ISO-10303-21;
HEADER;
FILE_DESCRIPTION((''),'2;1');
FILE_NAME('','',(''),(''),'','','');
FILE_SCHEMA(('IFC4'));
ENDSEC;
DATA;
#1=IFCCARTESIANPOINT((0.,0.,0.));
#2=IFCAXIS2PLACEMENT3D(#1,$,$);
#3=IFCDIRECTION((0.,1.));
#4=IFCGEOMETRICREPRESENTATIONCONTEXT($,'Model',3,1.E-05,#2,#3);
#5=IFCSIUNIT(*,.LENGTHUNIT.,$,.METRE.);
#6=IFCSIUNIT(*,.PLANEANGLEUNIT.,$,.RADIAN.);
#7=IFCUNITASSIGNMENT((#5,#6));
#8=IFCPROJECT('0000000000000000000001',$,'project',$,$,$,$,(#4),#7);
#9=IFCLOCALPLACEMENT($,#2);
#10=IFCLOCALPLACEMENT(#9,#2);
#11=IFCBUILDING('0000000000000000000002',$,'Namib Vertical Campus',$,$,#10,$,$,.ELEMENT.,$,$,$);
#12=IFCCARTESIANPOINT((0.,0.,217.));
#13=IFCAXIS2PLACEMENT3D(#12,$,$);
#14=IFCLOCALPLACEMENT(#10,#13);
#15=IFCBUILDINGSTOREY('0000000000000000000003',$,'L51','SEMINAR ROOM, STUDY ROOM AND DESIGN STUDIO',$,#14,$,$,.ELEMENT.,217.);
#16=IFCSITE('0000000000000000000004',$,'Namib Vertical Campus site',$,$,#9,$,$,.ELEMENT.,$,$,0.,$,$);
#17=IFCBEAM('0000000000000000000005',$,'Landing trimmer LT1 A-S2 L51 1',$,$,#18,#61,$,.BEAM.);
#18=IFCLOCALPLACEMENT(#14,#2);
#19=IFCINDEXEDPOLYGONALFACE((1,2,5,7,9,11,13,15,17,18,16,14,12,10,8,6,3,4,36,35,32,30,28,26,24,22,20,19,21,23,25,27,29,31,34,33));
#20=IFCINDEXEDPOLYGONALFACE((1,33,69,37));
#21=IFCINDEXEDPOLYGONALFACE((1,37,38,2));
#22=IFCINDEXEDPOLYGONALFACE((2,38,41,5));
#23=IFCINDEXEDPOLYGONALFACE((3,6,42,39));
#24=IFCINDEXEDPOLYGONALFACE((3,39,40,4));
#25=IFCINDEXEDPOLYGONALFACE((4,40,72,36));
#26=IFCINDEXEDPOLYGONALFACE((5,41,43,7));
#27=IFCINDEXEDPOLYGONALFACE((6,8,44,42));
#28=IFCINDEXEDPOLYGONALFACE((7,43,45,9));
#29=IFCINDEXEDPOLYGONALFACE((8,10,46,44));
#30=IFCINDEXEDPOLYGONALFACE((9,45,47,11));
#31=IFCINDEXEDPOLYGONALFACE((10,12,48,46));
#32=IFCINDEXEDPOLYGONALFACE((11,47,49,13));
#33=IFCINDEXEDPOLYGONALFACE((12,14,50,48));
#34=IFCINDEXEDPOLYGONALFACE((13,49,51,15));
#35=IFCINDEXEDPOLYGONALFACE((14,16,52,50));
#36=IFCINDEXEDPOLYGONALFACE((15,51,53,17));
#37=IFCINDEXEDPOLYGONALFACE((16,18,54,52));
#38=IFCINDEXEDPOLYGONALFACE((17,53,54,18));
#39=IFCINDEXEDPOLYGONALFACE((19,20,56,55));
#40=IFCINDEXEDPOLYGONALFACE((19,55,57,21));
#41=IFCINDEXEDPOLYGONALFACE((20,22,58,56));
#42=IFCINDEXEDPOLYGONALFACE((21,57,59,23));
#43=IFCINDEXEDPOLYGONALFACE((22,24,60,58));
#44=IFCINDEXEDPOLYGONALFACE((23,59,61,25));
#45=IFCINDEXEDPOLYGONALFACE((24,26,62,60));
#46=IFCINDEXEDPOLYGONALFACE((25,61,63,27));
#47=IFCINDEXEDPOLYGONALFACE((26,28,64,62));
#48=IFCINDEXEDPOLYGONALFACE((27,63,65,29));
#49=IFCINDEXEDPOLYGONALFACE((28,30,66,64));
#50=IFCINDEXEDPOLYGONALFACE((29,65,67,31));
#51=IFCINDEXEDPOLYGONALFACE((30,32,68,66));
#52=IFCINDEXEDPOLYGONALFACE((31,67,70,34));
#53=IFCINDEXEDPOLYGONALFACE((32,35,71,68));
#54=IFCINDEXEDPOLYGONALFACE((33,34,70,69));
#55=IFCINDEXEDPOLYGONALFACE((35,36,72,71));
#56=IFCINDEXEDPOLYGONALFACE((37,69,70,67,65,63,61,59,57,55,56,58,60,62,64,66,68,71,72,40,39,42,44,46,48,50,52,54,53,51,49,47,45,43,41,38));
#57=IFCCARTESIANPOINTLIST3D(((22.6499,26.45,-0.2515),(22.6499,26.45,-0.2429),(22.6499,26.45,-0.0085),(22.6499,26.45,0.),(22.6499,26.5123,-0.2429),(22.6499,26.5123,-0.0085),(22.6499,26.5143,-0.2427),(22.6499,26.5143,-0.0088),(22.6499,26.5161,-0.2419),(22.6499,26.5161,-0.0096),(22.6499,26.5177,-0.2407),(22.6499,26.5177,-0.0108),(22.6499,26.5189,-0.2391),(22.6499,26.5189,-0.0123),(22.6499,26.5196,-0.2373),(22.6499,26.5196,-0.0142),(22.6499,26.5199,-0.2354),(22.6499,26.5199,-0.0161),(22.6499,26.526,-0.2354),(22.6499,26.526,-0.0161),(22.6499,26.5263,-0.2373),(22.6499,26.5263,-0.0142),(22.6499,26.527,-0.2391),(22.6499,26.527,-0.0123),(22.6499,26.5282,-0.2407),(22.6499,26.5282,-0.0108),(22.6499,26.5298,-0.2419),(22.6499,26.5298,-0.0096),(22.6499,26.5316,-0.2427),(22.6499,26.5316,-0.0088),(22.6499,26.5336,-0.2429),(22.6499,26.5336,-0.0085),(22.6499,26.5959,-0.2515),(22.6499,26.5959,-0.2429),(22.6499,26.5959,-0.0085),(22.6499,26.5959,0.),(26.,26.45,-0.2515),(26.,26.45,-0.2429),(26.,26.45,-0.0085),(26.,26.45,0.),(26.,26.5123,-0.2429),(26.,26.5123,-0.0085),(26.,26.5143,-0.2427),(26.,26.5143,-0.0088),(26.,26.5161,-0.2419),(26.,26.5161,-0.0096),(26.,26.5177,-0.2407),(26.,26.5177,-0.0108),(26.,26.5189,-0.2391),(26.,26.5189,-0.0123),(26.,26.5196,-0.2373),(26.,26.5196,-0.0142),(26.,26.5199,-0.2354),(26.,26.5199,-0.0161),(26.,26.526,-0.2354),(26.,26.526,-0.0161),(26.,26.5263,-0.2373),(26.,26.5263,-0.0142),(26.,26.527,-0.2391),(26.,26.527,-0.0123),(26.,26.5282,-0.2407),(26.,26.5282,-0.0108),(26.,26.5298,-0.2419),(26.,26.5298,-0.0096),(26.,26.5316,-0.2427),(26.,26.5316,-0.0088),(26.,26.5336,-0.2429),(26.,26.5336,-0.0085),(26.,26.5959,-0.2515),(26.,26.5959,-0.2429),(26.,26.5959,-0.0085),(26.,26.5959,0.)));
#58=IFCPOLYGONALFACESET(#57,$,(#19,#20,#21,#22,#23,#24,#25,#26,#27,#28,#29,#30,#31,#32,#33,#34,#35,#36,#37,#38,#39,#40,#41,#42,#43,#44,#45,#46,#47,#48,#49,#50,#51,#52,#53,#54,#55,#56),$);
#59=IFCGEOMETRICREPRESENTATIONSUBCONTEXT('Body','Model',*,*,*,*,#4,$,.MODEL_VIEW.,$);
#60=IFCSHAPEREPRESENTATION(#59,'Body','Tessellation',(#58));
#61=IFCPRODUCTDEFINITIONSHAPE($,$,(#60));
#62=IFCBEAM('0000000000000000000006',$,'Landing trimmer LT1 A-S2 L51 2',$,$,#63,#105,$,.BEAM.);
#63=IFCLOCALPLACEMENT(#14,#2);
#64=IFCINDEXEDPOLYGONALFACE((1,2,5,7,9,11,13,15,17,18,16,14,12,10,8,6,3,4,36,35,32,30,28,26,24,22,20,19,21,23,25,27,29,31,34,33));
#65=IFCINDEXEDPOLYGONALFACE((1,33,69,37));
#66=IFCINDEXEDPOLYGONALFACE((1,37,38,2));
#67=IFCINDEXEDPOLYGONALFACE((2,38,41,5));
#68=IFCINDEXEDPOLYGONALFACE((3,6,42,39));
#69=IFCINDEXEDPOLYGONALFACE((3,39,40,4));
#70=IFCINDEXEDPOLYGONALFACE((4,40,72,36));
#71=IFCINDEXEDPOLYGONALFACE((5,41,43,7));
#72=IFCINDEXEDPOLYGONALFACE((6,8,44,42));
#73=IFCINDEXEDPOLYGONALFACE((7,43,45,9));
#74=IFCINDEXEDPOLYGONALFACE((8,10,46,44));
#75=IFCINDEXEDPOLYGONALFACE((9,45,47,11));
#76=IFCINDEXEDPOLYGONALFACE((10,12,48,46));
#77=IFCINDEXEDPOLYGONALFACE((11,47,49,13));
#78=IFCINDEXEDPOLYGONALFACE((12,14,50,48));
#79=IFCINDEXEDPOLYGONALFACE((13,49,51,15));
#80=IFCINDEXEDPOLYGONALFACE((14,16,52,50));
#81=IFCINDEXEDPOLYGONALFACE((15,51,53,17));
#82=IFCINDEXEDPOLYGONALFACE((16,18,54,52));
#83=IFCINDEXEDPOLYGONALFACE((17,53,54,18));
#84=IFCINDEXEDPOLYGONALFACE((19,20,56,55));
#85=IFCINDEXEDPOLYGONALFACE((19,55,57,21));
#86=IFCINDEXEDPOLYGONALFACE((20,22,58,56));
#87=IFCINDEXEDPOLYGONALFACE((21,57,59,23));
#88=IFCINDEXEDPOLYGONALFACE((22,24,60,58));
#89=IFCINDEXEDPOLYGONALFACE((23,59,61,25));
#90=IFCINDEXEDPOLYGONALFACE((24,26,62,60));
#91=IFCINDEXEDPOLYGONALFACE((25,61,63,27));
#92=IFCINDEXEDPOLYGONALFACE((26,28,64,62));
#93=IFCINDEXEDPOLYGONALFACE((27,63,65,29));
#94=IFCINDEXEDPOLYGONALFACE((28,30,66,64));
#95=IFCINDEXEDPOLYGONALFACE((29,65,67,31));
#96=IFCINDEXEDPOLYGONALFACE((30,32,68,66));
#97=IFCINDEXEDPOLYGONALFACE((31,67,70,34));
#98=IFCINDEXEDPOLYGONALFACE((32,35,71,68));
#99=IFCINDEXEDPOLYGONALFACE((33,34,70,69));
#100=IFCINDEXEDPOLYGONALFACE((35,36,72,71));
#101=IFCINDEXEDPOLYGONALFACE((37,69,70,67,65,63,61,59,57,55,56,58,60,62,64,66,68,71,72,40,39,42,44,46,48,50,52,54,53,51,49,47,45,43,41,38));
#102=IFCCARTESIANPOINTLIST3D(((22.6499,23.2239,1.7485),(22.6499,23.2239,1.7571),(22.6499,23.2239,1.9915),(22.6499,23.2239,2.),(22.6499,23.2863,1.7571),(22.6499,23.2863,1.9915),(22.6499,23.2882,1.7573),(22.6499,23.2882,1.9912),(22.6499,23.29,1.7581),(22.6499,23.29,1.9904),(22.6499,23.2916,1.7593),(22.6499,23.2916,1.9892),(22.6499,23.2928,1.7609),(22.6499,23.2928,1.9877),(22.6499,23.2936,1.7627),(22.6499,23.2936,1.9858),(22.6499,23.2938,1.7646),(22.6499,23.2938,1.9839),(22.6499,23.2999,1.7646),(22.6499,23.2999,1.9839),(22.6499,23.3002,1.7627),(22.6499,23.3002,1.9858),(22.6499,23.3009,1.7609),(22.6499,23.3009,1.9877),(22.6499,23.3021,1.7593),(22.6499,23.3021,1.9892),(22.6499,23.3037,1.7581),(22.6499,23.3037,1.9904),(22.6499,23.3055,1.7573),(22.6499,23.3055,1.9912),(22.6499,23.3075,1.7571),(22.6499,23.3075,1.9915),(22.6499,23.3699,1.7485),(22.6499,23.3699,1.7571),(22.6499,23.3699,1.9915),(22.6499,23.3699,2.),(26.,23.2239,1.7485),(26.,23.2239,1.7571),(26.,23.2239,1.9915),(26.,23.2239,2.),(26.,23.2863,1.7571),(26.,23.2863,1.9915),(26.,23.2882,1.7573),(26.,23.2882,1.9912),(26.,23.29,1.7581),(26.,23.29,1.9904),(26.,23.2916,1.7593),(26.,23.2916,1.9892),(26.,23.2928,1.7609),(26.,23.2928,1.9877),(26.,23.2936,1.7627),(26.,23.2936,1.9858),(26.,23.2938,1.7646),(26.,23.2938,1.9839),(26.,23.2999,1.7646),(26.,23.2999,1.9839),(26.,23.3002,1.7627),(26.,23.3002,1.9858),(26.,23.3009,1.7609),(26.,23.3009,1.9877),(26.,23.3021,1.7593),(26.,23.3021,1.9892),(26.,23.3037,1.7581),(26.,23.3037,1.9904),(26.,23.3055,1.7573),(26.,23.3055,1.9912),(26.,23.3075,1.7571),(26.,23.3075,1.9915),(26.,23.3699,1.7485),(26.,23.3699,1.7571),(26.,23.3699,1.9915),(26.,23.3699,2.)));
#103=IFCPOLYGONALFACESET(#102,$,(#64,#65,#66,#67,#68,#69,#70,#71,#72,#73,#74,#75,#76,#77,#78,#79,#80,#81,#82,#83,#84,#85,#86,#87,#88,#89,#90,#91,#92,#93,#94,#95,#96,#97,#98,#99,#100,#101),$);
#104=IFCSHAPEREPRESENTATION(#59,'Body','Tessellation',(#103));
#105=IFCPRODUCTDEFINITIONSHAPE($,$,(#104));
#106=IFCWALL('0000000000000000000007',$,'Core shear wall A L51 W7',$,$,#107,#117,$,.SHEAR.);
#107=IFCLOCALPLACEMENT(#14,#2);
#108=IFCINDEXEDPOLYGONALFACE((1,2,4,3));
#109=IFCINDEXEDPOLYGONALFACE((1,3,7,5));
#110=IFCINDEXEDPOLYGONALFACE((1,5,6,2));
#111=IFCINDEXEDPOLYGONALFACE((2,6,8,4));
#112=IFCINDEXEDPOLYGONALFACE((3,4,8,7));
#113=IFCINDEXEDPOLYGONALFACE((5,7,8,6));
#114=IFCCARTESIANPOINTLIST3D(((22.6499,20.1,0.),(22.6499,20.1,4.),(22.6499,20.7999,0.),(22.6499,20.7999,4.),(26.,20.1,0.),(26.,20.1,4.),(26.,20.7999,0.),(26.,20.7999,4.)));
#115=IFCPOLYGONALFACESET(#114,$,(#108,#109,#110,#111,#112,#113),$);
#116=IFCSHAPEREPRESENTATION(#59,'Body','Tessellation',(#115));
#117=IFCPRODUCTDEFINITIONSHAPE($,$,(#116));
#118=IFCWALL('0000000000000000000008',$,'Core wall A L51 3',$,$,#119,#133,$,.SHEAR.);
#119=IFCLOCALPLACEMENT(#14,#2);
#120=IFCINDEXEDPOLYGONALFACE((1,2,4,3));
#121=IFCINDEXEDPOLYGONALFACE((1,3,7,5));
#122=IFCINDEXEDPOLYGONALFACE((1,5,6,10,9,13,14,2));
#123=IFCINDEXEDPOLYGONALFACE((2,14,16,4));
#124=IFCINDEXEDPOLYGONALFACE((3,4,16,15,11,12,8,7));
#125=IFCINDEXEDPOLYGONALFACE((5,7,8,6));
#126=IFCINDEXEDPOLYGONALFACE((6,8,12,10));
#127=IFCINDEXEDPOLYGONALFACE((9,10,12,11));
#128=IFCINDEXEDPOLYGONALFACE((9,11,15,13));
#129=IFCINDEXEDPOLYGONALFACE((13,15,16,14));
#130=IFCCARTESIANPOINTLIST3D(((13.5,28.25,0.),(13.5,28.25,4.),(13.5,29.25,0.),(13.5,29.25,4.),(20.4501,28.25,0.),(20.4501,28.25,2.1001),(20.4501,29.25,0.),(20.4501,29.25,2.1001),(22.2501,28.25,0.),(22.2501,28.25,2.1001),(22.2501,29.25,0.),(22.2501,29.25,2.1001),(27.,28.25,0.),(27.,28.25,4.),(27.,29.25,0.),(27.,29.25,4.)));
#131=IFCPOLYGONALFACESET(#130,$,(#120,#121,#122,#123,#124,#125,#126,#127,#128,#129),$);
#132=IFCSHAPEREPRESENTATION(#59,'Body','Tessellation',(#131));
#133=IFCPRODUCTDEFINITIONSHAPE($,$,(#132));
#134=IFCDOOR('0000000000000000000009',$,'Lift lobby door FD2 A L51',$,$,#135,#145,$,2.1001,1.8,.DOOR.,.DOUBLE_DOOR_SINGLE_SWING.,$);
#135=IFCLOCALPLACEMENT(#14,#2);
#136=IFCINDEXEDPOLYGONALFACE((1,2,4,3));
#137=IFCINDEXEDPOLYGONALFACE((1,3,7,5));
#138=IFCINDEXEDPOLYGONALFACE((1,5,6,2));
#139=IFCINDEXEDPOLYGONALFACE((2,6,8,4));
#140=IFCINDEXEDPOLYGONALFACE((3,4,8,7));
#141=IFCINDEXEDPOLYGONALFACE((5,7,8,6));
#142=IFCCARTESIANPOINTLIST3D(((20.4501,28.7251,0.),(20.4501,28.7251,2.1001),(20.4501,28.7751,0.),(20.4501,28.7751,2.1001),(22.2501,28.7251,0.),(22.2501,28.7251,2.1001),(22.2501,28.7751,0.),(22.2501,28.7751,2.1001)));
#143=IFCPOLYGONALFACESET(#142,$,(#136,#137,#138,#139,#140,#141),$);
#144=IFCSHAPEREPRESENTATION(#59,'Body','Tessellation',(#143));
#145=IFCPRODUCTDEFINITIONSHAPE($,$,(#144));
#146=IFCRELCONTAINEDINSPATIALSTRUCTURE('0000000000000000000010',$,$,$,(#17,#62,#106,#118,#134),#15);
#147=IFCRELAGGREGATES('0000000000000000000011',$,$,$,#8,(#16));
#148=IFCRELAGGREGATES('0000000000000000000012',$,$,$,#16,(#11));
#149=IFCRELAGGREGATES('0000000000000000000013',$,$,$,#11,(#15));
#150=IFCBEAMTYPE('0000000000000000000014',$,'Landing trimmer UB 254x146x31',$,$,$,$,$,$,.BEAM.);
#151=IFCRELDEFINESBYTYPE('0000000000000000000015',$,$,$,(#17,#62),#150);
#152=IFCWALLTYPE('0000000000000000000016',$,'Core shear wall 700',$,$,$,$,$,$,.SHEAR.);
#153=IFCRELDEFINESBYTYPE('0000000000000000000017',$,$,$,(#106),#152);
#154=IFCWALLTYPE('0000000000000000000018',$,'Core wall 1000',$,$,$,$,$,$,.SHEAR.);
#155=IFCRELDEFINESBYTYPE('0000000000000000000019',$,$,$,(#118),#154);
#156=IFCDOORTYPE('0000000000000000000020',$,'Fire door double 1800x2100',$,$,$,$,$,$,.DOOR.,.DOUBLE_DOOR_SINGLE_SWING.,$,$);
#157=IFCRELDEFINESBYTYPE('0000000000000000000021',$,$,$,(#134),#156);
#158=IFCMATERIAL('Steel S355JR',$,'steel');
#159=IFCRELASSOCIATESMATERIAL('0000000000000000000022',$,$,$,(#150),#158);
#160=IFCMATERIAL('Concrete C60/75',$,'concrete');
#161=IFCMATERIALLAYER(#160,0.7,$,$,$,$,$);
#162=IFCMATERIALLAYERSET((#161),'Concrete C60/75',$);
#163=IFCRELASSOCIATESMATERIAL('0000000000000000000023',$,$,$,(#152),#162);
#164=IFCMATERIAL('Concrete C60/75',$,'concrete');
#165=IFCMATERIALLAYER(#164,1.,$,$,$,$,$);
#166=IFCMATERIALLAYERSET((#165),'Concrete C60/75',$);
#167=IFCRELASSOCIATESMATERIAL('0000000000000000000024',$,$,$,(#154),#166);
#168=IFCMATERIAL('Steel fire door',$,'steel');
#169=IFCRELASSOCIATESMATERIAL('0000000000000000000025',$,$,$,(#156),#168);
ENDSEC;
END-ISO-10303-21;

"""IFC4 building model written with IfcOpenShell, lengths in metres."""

from ifc_helpers import new_model, si_unit, direction, frame, frame_2d, origin, origin_2d, place, context, subcontext, project, spatial, rectangle, i_section, extrude, material, layer, layer_set, material_profile, profile_set, type_object, element, fill, save


model = new_model("IFC4")

# Units and contexts
model_context = context("Model", 3, precision=1e-05, world=origin(), true_north=direction((0.0, 1.0)))
body_context = subcontext(model_context, "Body", "Model", "MODEL_VIEW")
ifc_project = project(units=[si_unit("LENGTHUNIT", "METRE"), si_unit("PLANEANGLEUNIT", "RADIAN")], contexts=[model_context])

# Site, building, storey
site_placement = place(None, origin())
site = spatial("IfcSite", under=ifc_project, at=site_placement, Name="Namib Vertical Campus site", CompositionType="ELEMENT", RefElevation=0.0)
building_placement = place(site_placement, origin())
building = spatial("IfcBuilding", under=site, at=building_placement, Name="Namib Vertical Campus", CompositionType="ELEMENT")
storey_placement = place(building_placement, frame((0.0, 0.0, 217.0)))
storey = spatial("IfcBuildingStorey", under=building, at=storey_placement, Name="L51", Description="SEMINAR ROOM, STUDY ROOM AND DESIGN STUDIO", CompositionType="ELEMENT", Elevation=217.0)

# Beams
ifc_material_1 = material(Name="Steel S355JR", Category="steel")
ifc_material_profile = material_profile(ifc_material_1, i_section(OverallWidth=0.146, OverallDepth=0.2515, WebThickness=0.0061, FlangeThickness=0.0085, FilletRadius=0.0076, at=origin_2d()))
ifc_profile_set = profile_set([ifc_material_profile], Name="Steel S355JR")
beam_type = type_object("IfcBeamType", Name="Landing trimmer UB 254x146x31", PredefinedType="BEAM", material=ifc_profile_set)
for number, where, z_axis, x_axis, name in (
    (1, (22.6499, 26.5229, -0.1257), (1.0, 0.0, 0.0), (0.0, 1.0, 0.0), "Landing trimmer LT1 A-S2 L51 1"),
    (2, (22.6499, 23.2969, 1.8743), (1.0, 0.0, 0.0), (0.0, 1.0, 0.0), "Landing trimmer LT1 A-S2 L51 2"),
):
    element("IfcBeam", number, at=place(storey_placement, frame(where, z_axis=z_axis, x_axis=x_axis)), inside=storey, type_object=beam_type, Name=name, PredefinedType="BEAM", context=body_context, shape_type="SweptSolid", body=[
        extrude(i_section(OverallWidth=0.146, OverallDepth=0.2515, WebThickness=0.0061, FlangeThickness=0.0085, FilletRadius=0.0076, at=origin_2d()), origin(), (0.0, 0.0, 1.0), 3.3501),
    ])

# Wall
ifc_material_2 = material(Name="Concrete C60/75", Category="concrete")
ifc_layer_1 = layer(ifc_material_2, 0.7)
ifc_layer_set_1 = layer_set([ifc_layer_1], Name="Concrete C60/75")
wall_type_1 = type_object("IfcWallType", Name="Core shear wall 700", PredefinedType="SHEAR", material=ifc_layer_set_1)
wall_1_placement = place(storey_placement, frame((22.6499, 20.45, 0.0), z_axis=(0.0, 0.0, 1.0), x_axis=(1.0, 0.0, 0.0)))
element("IfcWall", 3, at=wall_1_placement, inside=storey, type_object=wall_type_1, Name="Core shear wall A L51 W7", PredefinedType="SHEAR", context=body_context, shape_type="SweptSolid", body=[
    extrude(rectangle(XDim=3.3501, YDim=0.7, at=frame_2d((1.675, 0.0))), origin(), (0.0, 0.0, 1.0), 4.0),
])

# Wall, opening, door
ifc_material_3 = material(Name="Concrete C60/75", Category="concrete")
ifc_layer_2 = layer(ifc_material_3, 1.0)
ifc_layer_set_2 = layer_set([ifc_layer_2], Name="Concrete C60/75")
wall_type_2 = type_object("IfcWallType", Name="Core wall 1000", PredefinedType="SHEAR", material=ifc_layer_set_2)
wall_2_placement = place(storey_placement, frame((27.0, 28.75, 0.0), z_axis=(0.0, 0.0, 1.0), x_axis=(-1.0, 0.0, 0.0)))
wall_2 = element("IfcWall", 4, at=wall_2_placement, inside=storey, type_object=wall_type_2, Name="Core wall A L51 3", PredefinedType="SHEAR", context=body_context, shape_type="SweptSolid", body=[
    extrude(rectangle(XDim=13.5, YDim=1.0, at=frame_2d((6.75, 0.0))), origin(), (0.0, 0.0, 1.0), 4.0),
])
opening_1_placement = place(wall_2_placement, frame((4.75, 0.0, 0.0)))
opening_1 = element("IfcOpeningElement", 5, at=opening_1_placement, cuts=wall_2, PredefinedType="OPENING", context=body_context, shape_type="SweptSolid", body=[
    extrude(rectangle(XDim=1.8, YDim=2.1001, at=frame_2d((0.8999, 1.05))), frame((0.0, 0.51, 0.0), z_axis=(0.0, -1.0, 0.0), x_axis=(1.0, 0.0, 0.0)), (0.0, 0.0, 1.0), 1.02),
])
ifc_material_4 = material(Name="Steel fire door", Category="steel")
door_type_1 = type_object("IfcDoorType", Name="Fire door double 1800x2100", OperationType="DOUBLE_DOOR_SINGLE_SWING", PredefinedType="DOOR", material=ifc_material_4)
door_1_placement = place(opening_1_placement, origin())
door_1 = element("IfcDoor", 6, at=door_1_placement, inside=storey, type_object=door_type_1, Name="Lift lobby door FD2 A L51", OperationType="DOUBLE_DOOR_SINGLE_SWING", OverallHeight=2.1001, OverallWidth=1.8, PredefinedType="DOOR", context=body_context, shape_type="SweptSolid", body=[
    extrude(rectangle(XDim=1.8, YDim=2.1001, at=frame_2d((0.8999, 1.05))), frame((0.0, 0.0249, 0.0), z_axis=(0.0, -1.0, 0.0), x_axis=(1.0, 0.0, 0.0)), (0.0, 0.0, 1.0), 0.05),
])
fill(opening_1, door_1)

save(model, "model.ifc")
